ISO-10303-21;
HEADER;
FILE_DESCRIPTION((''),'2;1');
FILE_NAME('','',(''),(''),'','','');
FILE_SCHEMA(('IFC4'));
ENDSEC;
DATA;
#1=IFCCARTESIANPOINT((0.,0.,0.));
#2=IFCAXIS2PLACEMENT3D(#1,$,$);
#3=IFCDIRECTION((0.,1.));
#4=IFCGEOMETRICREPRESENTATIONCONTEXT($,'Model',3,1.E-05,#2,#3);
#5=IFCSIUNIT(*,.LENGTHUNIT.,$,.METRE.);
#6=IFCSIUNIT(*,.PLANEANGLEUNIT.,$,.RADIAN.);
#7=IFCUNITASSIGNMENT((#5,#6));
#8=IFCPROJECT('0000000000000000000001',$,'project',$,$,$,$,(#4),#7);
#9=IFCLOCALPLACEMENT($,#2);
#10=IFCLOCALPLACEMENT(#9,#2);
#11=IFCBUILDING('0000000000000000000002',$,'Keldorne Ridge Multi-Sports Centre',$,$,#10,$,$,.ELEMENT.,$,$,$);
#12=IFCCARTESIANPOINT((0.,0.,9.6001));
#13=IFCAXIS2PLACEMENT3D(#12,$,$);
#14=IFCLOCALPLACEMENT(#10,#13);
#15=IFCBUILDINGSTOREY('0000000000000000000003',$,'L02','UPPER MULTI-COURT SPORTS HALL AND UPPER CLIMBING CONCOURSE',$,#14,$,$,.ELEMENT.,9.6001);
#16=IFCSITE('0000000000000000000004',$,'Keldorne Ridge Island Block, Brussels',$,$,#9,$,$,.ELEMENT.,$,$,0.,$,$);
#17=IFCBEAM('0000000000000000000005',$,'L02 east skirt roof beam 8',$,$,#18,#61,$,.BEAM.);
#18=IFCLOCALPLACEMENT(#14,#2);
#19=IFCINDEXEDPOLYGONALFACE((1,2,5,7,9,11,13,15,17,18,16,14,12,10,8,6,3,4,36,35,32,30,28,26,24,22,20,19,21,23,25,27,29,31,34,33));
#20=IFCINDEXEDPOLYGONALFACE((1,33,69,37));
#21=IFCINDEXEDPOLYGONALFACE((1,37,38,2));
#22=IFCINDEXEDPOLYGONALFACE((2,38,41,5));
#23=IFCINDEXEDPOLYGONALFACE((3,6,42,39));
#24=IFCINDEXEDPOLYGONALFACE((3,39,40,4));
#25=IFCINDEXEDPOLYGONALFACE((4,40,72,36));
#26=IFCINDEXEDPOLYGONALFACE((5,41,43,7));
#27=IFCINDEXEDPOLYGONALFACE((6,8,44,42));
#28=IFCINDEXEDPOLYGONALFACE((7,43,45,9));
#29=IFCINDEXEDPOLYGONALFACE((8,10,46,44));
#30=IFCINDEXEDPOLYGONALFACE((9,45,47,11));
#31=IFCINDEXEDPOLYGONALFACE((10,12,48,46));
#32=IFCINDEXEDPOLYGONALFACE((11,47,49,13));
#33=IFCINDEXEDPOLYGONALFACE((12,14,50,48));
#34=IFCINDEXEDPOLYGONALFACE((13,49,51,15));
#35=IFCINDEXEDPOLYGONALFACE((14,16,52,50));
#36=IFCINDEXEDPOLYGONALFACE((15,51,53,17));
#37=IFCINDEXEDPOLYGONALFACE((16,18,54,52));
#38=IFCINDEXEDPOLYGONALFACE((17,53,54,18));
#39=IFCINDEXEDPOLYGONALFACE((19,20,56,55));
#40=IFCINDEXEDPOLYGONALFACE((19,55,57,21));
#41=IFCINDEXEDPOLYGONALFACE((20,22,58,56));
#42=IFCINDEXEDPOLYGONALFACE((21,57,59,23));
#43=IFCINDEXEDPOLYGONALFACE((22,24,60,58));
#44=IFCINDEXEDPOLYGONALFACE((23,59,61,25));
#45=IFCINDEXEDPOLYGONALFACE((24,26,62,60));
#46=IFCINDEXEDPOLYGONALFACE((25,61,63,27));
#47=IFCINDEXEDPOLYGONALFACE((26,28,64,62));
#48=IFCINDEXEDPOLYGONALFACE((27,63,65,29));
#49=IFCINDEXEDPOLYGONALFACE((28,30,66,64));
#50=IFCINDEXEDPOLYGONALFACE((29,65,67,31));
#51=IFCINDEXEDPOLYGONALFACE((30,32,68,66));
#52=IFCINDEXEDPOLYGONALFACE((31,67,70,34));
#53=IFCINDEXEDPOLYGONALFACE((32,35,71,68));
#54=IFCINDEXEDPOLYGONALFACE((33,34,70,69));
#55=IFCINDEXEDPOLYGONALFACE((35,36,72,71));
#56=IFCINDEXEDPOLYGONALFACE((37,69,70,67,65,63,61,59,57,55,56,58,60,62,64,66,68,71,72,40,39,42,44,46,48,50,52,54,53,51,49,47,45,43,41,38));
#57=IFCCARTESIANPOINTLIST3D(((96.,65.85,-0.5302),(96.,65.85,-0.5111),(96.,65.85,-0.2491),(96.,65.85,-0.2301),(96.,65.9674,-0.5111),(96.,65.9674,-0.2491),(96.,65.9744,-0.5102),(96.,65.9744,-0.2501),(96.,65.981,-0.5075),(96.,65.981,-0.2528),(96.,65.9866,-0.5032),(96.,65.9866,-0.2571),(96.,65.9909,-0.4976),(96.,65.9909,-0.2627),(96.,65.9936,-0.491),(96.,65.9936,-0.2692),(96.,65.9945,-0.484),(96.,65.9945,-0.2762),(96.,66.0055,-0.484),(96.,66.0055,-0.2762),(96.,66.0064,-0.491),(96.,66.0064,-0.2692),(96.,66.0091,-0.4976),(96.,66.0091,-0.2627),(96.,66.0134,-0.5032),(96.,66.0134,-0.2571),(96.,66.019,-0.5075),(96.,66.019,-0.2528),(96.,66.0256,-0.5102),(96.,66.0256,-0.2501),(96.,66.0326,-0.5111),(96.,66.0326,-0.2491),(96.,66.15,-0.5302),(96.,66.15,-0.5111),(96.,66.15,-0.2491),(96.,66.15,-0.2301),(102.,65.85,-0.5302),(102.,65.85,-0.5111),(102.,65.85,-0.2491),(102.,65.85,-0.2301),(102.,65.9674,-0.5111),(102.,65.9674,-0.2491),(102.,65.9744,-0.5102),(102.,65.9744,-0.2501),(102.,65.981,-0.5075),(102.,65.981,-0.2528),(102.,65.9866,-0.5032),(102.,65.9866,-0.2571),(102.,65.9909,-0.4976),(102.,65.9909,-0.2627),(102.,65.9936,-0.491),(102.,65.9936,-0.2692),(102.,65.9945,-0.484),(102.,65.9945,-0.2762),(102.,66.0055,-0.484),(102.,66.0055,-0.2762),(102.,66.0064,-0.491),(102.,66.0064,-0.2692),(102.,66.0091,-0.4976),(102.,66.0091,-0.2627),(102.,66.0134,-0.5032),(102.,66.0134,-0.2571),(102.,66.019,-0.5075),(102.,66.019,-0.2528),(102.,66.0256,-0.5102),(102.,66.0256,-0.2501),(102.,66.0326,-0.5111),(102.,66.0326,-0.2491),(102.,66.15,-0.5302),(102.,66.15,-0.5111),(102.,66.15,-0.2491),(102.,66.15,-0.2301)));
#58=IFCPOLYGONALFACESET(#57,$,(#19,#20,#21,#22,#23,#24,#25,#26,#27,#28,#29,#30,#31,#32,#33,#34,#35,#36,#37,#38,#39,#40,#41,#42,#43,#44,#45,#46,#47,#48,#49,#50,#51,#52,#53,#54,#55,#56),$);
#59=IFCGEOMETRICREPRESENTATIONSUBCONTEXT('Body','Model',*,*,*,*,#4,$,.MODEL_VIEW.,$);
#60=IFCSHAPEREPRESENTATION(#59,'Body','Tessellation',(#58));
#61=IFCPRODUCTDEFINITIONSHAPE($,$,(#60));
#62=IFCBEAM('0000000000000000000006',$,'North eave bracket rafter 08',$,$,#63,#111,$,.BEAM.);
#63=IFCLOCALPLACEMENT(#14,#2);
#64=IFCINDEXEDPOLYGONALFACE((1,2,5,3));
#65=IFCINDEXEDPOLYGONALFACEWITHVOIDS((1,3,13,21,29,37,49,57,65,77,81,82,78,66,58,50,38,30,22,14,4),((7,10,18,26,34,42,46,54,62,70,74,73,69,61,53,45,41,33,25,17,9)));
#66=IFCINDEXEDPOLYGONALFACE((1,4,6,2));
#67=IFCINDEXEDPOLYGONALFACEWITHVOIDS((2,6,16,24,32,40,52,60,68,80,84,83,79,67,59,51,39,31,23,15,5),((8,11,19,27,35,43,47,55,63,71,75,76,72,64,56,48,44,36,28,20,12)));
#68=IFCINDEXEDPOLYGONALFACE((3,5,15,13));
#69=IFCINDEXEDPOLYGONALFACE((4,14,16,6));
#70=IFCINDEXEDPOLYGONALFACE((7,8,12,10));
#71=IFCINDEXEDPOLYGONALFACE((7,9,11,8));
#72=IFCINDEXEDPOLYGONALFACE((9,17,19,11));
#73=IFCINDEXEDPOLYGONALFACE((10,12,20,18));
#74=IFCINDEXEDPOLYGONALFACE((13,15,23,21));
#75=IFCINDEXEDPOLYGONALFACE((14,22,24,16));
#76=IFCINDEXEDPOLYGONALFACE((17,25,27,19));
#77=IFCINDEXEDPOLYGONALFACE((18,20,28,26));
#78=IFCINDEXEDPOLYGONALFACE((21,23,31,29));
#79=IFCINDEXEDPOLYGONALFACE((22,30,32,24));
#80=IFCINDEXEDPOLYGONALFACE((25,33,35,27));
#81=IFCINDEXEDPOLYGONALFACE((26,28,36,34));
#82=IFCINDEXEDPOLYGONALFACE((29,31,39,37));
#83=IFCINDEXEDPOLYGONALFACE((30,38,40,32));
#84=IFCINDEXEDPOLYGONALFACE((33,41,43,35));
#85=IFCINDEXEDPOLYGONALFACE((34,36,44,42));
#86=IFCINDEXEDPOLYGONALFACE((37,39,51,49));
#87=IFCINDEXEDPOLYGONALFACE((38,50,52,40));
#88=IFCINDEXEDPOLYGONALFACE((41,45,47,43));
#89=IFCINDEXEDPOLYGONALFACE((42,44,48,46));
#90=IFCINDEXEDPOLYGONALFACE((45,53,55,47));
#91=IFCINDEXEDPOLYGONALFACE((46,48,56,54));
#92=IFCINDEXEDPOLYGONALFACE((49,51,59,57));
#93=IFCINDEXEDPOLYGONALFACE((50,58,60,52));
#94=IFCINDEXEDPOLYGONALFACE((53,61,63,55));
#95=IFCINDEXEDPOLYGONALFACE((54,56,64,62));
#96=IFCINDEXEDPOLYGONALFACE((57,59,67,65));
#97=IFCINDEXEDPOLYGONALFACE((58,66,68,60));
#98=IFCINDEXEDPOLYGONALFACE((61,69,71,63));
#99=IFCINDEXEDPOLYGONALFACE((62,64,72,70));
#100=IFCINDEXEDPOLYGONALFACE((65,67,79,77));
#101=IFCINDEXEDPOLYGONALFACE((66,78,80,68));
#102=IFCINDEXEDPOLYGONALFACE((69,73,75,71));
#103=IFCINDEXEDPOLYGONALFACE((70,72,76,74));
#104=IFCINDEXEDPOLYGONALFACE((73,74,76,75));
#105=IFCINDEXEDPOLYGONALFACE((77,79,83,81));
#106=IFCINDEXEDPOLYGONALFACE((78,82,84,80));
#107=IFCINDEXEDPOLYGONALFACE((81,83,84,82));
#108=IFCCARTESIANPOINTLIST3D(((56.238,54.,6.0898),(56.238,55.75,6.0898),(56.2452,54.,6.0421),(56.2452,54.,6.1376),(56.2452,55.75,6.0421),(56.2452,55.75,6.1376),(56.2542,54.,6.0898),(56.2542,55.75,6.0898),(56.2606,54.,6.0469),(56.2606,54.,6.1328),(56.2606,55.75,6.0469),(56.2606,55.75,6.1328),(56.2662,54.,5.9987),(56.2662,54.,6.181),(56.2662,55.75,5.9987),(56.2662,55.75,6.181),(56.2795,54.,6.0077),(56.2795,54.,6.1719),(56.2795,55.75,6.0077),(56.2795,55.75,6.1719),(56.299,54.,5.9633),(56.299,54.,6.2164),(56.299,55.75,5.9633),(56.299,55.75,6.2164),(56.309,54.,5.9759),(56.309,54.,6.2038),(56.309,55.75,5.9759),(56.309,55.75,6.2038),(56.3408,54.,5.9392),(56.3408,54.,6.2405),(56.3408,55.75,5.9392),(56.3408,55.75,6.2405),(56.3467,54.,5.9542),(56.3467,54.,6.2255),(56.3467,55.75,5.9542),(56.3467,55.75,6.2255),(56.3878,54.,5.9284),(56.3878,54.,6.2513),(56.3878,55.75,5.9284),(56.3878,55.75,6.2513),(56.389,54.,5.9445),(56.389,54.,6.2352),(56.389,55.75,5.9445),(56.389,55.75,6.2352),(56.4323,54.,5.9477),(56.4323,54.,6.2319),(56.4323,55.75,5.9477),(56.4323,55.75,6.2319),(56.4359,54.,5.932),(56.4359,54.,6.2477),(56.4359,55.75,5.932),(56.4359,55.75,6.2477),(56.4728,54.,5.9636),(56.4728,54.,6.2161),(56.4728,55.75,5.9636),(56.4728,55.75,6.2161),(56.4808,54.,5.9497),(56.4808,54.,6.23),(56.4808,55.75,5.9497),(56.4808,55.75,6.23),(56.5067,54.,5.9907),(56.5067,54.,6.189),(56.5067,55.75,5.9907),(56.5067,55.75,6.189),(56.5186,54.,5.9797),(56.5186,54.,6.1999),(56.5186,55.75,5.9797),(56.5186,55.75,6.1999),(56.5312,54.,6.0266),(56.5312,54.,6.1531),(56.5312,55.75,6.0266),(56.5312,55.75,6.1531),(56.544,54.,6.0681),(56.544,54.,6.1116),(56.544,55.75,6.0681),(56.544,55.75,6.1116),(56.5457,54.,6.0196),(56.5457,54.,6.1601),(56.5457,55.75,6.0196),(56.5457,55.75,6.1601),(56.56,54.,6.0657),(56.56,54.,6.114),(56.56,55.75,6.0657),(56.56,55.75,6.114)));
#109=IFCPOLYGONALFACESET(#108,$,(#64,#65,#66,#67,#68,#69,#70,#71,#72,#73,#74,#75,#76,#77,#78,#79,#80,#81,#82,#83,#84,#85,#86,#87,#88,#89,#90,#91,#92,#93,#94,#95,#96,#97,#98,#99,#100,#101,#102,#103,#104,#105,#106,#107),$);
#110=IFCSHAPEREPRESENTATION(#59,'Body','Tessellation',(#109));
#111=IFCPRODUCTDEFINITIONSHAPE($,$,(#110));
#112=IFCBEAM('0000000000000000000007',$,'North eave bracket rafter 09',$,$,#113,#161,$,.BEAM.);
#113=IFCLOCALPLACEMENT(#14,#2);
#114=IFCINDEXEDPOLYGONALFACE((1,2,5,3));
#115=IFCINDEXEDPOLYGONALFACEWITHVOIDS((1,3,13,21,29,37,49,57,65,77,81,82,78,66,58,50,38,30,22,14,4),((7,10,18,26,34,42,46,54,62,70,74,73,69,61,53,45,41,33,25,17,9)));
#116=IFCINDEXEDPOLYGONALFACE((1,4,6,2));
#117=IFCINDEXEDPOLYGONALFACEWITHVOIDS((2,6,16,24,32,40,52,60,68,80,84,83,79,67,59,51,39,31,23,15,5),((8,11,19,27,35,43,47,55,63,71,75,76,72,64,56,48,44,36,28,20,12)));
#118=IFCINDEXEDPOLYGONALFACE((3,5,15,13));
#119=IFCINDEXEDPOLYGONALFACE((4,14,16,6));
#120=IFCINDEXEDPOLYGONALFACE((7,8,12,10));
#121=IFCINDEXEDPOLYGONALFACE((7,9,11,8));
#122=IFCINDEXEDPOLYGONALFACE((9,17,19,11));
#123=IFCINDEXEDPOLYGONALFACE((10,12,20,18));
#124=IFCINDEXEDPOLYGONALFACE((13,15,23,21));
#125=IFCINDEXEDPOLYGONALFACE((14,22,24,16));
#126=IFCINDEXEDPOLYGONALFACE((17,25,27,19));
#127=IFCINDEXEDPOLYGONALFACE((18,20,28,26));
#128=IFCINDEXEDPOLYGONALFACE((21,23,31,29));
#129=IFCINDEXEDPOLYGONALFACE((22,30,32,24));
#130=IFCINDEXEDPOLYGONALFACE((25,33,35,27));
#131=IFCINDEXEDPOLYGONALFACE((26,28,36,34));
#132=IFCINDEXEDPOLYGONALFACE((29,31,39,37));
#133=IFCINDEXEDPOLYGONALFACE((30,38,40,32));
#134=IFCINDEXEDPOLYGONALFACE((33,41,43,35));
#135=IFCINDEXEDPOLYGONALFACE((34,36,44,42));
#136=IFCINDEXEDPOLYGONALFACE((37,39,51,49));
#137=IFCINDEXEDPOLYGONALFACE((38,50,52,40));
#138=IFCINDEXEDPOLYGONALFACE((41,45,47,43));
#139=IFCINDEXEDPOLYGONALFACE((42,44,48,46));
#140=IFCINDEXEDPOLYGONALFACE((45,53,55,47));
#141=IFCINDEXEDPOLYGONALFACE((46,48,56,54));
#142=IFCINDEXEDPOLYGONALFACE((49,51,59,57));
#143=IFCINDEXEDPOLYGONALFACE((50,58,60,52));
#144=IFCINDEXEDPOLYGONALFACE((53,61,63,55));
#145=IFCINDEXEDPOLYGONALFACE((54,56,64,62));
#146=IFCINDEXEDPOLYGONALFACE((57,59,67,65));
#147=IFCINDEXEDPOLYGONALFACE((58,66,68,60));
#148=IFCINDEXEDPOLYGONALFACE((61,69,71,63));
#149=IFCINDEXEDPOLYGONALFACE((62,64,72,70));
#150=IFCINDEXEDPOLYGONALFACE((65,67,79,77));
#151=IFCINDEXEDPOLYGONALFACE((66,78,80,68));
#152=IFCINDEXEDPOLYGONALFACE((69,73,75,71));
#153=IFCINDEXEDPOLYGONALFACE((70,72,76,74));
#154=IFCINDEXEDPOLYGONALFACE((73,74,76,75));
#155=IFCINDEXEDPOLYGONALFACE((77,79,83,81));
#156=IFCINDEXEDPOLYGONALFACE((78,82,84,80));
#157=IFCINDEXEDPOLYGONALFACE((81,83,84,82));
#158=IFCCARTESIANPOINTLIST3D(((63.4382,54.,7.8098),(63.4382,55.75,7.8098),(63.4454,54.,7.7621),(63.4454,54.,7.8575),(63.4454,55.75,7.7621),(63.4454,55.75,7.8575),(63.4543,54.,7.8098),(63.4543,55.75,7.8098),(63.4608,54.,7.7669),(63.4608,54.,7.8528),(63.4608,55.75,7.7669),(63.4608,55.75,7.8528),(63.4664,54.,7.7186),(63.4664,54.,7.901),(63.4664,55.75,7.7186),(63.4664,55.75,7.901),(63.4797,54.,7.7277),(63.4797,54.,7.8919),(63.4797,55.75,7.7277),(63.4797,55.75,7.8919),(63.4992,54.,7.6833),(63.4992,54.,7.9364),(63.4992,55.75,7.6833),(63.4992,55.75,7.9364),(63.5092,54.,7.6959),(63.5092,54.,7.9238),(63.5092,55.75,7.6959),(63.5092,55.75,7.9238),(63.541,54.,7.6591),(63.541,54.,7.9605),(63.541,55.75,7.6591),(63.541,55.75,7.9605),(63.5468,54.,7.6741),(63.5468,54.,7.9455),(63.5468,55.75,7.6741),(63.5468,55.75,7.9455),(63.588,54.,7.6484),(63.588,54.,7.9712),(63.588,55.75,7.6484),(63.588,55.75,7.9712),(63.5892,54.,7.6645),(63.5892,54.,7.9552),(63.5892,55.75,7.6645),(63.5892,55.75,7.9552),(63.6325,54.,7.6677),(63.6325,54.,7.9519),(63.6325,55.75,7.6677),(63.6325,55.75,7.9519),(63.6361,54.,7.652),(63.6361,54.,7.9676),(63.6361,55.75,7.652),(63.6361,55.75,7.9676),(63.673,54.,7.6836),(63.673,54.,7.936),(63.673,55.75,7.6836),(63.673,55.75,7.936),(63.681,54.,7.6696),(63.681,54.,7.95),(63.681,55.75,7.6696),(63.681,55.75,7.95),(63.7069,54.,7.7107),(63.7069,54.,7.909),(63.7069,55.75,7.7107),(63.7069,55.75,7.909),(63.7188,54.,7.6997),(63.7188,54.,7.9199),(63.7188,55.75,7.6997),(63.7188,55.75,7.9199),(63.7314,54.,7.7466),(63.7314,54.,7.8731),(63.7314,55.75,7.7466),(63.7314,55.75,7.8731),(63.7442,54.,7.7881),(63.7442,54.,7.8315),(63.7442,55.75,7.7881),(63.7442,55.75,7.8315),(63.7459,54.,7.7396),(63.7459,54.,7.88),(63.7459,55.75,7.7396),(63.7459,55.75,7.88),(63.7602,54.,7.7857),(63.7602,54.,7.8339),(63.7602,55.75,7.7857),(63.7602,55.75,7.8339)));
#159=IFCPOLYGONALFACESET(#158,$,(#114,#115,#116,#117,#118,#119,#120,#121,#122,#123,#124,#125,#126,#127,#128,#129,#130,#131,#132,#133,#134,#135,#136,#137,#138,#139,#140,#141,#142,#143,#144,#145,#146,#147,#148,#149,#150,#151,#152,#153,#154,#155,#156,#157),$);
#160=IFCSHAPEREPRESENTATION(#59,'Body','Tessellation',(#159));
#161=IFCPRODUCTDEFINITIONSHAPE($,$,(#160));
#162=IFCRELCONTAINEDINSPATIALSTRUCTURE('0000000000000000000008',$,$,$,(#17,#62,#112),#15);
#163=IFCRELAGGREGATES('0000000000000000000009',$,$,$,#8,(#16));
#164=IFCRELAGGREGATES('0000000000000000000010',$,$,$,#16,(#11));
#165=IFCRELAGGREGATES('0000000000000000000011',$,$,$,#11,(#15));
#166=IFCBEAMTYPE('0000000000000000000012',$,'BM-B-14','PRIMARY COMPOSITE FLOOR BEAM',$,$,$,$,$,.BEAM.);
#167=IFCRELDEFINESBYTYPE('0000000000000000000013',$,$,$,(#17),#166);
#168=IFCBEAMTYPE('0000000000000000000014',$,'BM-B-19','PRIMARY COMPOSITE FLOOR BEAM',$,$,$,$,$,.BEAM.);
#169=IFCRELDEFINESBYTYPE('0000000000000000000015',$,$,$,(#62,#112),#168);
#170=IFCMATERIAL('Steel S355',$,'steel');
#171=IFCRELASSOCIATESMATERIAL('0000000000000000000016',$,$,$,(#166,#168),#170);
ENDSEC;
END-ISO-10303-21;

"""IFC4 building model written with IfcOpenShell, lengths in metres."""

from ifc_helpers import new_model, si_unit, direction, frame, origin, origin_2d, place, context, subcontext, project, spatial, hollow_circle, i_section, extrude, material, material_profile, profile_set, type_object, element, save


model = new_model("IFC4")

# Units and contexts
model_context = context("Model", 3, precision=1e-05, world=origin(), true_north=direction((0.0, 1.0)))
body_context = subcontext(model_context, "Body", "Model", "MODEL_VIEW")
ifc_project = project(units=[si_unit("LENGTHUNIT", "METRE"), si_unit("PLANEANGLEUNIT", "RADIAN")], contexts=[model_context])

# Site, building, storey
site_placement = place(None, origin())
site = spatial("IfcSite", under=ifc_project, at=site_placement, Name="Keldorne Ridge Island Block, Brussels", CompositionType="ELEMENT", RefElevation=0.0)
building_placement = place(site_placement, origin())
building = spatial("IfcBuilding", under=site, at=building_placement, Name="Keldorne Ridge Multi-Sports Centre", CompositionType="ELEMENT")
storey_placement = place(building_placement, frame((0.0, 0.0, 9.6001)))
storey = spatial("IfcBuildingStorey", under=building, at=storey_placement, Name="L02", Description="UPPER MULTI-COURT SPORTS HALL AND UPPER CLIMBING CONCOURSE", CompositionType="ELEMENT", Elevation=9.6001)

# Shared definitions
ifc_material = material(Name="Steel S355", Category="steel")

# Beams
ifc_material_profile_1 = material_profile(ifc_material, i_section(OverallWidth=0.3, OverallDepth=0.3, WebThickness=0.011, FlangeThickness=0.019, FilletRadius=0.0271, at=origin_2d()), Name="HEB 300")
ifc_profile_set_1 = profile_set([ifc_material_profile_1], Name="Steel S355")
beam_type_1 = type_object("IfcBeamType", Name="BM-B-14", Description="PRIMARY COMPOSITE FLOOR BEAM", PredefinedType="BEAM", material=ifc_profile_set_1)
for number, where, z_axis, x_axis, name in (
    (1, (96.0, 66.0, -0.3801), (1.0, 0.0, 0.0), (0.0, 1.0, 0.0), "L02 east skirt roof beam 8"),
):
    element("IfcBeam", number, at=place(storey_placement, frame(where, z_axis=z_axis, x_axis=x_axis)), inside=storey, type_object=beam_type_1, Name=name, PredefinedType="BEAM", context=body_context, shape_type="SweptSolid", body=[
        extrude(i_section(OverallWidth=0.3, OverallDepth=0.3, WebThickness=0.011, FlangeThickness=0.019, FilletRadius=0.0271, at=origin_2d()), origin(), (0.0, 0.0, 1.0), 6.0),
    ])
ifc_material_profile_2 = material_profile(ifc_material, hollow_circle(Radius=0.1619, WallThickness=0.0161, at=origin_2d()), Name="CHS 323.9x16")
ifc_profile_set_2 = profile_set([ifc_material_profile_2], Name="Steel S355")
beam_type_2 = type_object("IfcBeamType", Name="BM-B-19", Description="PRIMARY COMPOSITE FLOOR BEAM", PredefinedType="BEAM", material=ifc_profile_set_2)
for number, where, z_axis, x_axis, name in (
    (2, (56.3999, 54.0, 6.0898), (0.0, 1.0, 0.0), (-1.0, 0.0, 0.0), "North eave bracket rafter 08"),
    (3, (63.6001, 54.0, 7.8098), (0.0, 1.0, 0.0), (-1.0, 0.0, 0.0), "North eave bracket rafter 09"),
):
    element("IfcBeam", number, at=place(storey_placement, frame(where, z_axis=z_axis, x_axis=x_axis)), inside=storey, type_object=beam_type_2, Name=name, PredefinedType="BEAM", context=body_context, shape_type="SweptSolid", body=[
        extrude(hollow_circle(Radius=0.1619, WallThickness=0.0161, at=origin_2d()), origin(), (0.0, 0.0, 1.0), 1.75),
    ])

save(model, "model.ifc")
